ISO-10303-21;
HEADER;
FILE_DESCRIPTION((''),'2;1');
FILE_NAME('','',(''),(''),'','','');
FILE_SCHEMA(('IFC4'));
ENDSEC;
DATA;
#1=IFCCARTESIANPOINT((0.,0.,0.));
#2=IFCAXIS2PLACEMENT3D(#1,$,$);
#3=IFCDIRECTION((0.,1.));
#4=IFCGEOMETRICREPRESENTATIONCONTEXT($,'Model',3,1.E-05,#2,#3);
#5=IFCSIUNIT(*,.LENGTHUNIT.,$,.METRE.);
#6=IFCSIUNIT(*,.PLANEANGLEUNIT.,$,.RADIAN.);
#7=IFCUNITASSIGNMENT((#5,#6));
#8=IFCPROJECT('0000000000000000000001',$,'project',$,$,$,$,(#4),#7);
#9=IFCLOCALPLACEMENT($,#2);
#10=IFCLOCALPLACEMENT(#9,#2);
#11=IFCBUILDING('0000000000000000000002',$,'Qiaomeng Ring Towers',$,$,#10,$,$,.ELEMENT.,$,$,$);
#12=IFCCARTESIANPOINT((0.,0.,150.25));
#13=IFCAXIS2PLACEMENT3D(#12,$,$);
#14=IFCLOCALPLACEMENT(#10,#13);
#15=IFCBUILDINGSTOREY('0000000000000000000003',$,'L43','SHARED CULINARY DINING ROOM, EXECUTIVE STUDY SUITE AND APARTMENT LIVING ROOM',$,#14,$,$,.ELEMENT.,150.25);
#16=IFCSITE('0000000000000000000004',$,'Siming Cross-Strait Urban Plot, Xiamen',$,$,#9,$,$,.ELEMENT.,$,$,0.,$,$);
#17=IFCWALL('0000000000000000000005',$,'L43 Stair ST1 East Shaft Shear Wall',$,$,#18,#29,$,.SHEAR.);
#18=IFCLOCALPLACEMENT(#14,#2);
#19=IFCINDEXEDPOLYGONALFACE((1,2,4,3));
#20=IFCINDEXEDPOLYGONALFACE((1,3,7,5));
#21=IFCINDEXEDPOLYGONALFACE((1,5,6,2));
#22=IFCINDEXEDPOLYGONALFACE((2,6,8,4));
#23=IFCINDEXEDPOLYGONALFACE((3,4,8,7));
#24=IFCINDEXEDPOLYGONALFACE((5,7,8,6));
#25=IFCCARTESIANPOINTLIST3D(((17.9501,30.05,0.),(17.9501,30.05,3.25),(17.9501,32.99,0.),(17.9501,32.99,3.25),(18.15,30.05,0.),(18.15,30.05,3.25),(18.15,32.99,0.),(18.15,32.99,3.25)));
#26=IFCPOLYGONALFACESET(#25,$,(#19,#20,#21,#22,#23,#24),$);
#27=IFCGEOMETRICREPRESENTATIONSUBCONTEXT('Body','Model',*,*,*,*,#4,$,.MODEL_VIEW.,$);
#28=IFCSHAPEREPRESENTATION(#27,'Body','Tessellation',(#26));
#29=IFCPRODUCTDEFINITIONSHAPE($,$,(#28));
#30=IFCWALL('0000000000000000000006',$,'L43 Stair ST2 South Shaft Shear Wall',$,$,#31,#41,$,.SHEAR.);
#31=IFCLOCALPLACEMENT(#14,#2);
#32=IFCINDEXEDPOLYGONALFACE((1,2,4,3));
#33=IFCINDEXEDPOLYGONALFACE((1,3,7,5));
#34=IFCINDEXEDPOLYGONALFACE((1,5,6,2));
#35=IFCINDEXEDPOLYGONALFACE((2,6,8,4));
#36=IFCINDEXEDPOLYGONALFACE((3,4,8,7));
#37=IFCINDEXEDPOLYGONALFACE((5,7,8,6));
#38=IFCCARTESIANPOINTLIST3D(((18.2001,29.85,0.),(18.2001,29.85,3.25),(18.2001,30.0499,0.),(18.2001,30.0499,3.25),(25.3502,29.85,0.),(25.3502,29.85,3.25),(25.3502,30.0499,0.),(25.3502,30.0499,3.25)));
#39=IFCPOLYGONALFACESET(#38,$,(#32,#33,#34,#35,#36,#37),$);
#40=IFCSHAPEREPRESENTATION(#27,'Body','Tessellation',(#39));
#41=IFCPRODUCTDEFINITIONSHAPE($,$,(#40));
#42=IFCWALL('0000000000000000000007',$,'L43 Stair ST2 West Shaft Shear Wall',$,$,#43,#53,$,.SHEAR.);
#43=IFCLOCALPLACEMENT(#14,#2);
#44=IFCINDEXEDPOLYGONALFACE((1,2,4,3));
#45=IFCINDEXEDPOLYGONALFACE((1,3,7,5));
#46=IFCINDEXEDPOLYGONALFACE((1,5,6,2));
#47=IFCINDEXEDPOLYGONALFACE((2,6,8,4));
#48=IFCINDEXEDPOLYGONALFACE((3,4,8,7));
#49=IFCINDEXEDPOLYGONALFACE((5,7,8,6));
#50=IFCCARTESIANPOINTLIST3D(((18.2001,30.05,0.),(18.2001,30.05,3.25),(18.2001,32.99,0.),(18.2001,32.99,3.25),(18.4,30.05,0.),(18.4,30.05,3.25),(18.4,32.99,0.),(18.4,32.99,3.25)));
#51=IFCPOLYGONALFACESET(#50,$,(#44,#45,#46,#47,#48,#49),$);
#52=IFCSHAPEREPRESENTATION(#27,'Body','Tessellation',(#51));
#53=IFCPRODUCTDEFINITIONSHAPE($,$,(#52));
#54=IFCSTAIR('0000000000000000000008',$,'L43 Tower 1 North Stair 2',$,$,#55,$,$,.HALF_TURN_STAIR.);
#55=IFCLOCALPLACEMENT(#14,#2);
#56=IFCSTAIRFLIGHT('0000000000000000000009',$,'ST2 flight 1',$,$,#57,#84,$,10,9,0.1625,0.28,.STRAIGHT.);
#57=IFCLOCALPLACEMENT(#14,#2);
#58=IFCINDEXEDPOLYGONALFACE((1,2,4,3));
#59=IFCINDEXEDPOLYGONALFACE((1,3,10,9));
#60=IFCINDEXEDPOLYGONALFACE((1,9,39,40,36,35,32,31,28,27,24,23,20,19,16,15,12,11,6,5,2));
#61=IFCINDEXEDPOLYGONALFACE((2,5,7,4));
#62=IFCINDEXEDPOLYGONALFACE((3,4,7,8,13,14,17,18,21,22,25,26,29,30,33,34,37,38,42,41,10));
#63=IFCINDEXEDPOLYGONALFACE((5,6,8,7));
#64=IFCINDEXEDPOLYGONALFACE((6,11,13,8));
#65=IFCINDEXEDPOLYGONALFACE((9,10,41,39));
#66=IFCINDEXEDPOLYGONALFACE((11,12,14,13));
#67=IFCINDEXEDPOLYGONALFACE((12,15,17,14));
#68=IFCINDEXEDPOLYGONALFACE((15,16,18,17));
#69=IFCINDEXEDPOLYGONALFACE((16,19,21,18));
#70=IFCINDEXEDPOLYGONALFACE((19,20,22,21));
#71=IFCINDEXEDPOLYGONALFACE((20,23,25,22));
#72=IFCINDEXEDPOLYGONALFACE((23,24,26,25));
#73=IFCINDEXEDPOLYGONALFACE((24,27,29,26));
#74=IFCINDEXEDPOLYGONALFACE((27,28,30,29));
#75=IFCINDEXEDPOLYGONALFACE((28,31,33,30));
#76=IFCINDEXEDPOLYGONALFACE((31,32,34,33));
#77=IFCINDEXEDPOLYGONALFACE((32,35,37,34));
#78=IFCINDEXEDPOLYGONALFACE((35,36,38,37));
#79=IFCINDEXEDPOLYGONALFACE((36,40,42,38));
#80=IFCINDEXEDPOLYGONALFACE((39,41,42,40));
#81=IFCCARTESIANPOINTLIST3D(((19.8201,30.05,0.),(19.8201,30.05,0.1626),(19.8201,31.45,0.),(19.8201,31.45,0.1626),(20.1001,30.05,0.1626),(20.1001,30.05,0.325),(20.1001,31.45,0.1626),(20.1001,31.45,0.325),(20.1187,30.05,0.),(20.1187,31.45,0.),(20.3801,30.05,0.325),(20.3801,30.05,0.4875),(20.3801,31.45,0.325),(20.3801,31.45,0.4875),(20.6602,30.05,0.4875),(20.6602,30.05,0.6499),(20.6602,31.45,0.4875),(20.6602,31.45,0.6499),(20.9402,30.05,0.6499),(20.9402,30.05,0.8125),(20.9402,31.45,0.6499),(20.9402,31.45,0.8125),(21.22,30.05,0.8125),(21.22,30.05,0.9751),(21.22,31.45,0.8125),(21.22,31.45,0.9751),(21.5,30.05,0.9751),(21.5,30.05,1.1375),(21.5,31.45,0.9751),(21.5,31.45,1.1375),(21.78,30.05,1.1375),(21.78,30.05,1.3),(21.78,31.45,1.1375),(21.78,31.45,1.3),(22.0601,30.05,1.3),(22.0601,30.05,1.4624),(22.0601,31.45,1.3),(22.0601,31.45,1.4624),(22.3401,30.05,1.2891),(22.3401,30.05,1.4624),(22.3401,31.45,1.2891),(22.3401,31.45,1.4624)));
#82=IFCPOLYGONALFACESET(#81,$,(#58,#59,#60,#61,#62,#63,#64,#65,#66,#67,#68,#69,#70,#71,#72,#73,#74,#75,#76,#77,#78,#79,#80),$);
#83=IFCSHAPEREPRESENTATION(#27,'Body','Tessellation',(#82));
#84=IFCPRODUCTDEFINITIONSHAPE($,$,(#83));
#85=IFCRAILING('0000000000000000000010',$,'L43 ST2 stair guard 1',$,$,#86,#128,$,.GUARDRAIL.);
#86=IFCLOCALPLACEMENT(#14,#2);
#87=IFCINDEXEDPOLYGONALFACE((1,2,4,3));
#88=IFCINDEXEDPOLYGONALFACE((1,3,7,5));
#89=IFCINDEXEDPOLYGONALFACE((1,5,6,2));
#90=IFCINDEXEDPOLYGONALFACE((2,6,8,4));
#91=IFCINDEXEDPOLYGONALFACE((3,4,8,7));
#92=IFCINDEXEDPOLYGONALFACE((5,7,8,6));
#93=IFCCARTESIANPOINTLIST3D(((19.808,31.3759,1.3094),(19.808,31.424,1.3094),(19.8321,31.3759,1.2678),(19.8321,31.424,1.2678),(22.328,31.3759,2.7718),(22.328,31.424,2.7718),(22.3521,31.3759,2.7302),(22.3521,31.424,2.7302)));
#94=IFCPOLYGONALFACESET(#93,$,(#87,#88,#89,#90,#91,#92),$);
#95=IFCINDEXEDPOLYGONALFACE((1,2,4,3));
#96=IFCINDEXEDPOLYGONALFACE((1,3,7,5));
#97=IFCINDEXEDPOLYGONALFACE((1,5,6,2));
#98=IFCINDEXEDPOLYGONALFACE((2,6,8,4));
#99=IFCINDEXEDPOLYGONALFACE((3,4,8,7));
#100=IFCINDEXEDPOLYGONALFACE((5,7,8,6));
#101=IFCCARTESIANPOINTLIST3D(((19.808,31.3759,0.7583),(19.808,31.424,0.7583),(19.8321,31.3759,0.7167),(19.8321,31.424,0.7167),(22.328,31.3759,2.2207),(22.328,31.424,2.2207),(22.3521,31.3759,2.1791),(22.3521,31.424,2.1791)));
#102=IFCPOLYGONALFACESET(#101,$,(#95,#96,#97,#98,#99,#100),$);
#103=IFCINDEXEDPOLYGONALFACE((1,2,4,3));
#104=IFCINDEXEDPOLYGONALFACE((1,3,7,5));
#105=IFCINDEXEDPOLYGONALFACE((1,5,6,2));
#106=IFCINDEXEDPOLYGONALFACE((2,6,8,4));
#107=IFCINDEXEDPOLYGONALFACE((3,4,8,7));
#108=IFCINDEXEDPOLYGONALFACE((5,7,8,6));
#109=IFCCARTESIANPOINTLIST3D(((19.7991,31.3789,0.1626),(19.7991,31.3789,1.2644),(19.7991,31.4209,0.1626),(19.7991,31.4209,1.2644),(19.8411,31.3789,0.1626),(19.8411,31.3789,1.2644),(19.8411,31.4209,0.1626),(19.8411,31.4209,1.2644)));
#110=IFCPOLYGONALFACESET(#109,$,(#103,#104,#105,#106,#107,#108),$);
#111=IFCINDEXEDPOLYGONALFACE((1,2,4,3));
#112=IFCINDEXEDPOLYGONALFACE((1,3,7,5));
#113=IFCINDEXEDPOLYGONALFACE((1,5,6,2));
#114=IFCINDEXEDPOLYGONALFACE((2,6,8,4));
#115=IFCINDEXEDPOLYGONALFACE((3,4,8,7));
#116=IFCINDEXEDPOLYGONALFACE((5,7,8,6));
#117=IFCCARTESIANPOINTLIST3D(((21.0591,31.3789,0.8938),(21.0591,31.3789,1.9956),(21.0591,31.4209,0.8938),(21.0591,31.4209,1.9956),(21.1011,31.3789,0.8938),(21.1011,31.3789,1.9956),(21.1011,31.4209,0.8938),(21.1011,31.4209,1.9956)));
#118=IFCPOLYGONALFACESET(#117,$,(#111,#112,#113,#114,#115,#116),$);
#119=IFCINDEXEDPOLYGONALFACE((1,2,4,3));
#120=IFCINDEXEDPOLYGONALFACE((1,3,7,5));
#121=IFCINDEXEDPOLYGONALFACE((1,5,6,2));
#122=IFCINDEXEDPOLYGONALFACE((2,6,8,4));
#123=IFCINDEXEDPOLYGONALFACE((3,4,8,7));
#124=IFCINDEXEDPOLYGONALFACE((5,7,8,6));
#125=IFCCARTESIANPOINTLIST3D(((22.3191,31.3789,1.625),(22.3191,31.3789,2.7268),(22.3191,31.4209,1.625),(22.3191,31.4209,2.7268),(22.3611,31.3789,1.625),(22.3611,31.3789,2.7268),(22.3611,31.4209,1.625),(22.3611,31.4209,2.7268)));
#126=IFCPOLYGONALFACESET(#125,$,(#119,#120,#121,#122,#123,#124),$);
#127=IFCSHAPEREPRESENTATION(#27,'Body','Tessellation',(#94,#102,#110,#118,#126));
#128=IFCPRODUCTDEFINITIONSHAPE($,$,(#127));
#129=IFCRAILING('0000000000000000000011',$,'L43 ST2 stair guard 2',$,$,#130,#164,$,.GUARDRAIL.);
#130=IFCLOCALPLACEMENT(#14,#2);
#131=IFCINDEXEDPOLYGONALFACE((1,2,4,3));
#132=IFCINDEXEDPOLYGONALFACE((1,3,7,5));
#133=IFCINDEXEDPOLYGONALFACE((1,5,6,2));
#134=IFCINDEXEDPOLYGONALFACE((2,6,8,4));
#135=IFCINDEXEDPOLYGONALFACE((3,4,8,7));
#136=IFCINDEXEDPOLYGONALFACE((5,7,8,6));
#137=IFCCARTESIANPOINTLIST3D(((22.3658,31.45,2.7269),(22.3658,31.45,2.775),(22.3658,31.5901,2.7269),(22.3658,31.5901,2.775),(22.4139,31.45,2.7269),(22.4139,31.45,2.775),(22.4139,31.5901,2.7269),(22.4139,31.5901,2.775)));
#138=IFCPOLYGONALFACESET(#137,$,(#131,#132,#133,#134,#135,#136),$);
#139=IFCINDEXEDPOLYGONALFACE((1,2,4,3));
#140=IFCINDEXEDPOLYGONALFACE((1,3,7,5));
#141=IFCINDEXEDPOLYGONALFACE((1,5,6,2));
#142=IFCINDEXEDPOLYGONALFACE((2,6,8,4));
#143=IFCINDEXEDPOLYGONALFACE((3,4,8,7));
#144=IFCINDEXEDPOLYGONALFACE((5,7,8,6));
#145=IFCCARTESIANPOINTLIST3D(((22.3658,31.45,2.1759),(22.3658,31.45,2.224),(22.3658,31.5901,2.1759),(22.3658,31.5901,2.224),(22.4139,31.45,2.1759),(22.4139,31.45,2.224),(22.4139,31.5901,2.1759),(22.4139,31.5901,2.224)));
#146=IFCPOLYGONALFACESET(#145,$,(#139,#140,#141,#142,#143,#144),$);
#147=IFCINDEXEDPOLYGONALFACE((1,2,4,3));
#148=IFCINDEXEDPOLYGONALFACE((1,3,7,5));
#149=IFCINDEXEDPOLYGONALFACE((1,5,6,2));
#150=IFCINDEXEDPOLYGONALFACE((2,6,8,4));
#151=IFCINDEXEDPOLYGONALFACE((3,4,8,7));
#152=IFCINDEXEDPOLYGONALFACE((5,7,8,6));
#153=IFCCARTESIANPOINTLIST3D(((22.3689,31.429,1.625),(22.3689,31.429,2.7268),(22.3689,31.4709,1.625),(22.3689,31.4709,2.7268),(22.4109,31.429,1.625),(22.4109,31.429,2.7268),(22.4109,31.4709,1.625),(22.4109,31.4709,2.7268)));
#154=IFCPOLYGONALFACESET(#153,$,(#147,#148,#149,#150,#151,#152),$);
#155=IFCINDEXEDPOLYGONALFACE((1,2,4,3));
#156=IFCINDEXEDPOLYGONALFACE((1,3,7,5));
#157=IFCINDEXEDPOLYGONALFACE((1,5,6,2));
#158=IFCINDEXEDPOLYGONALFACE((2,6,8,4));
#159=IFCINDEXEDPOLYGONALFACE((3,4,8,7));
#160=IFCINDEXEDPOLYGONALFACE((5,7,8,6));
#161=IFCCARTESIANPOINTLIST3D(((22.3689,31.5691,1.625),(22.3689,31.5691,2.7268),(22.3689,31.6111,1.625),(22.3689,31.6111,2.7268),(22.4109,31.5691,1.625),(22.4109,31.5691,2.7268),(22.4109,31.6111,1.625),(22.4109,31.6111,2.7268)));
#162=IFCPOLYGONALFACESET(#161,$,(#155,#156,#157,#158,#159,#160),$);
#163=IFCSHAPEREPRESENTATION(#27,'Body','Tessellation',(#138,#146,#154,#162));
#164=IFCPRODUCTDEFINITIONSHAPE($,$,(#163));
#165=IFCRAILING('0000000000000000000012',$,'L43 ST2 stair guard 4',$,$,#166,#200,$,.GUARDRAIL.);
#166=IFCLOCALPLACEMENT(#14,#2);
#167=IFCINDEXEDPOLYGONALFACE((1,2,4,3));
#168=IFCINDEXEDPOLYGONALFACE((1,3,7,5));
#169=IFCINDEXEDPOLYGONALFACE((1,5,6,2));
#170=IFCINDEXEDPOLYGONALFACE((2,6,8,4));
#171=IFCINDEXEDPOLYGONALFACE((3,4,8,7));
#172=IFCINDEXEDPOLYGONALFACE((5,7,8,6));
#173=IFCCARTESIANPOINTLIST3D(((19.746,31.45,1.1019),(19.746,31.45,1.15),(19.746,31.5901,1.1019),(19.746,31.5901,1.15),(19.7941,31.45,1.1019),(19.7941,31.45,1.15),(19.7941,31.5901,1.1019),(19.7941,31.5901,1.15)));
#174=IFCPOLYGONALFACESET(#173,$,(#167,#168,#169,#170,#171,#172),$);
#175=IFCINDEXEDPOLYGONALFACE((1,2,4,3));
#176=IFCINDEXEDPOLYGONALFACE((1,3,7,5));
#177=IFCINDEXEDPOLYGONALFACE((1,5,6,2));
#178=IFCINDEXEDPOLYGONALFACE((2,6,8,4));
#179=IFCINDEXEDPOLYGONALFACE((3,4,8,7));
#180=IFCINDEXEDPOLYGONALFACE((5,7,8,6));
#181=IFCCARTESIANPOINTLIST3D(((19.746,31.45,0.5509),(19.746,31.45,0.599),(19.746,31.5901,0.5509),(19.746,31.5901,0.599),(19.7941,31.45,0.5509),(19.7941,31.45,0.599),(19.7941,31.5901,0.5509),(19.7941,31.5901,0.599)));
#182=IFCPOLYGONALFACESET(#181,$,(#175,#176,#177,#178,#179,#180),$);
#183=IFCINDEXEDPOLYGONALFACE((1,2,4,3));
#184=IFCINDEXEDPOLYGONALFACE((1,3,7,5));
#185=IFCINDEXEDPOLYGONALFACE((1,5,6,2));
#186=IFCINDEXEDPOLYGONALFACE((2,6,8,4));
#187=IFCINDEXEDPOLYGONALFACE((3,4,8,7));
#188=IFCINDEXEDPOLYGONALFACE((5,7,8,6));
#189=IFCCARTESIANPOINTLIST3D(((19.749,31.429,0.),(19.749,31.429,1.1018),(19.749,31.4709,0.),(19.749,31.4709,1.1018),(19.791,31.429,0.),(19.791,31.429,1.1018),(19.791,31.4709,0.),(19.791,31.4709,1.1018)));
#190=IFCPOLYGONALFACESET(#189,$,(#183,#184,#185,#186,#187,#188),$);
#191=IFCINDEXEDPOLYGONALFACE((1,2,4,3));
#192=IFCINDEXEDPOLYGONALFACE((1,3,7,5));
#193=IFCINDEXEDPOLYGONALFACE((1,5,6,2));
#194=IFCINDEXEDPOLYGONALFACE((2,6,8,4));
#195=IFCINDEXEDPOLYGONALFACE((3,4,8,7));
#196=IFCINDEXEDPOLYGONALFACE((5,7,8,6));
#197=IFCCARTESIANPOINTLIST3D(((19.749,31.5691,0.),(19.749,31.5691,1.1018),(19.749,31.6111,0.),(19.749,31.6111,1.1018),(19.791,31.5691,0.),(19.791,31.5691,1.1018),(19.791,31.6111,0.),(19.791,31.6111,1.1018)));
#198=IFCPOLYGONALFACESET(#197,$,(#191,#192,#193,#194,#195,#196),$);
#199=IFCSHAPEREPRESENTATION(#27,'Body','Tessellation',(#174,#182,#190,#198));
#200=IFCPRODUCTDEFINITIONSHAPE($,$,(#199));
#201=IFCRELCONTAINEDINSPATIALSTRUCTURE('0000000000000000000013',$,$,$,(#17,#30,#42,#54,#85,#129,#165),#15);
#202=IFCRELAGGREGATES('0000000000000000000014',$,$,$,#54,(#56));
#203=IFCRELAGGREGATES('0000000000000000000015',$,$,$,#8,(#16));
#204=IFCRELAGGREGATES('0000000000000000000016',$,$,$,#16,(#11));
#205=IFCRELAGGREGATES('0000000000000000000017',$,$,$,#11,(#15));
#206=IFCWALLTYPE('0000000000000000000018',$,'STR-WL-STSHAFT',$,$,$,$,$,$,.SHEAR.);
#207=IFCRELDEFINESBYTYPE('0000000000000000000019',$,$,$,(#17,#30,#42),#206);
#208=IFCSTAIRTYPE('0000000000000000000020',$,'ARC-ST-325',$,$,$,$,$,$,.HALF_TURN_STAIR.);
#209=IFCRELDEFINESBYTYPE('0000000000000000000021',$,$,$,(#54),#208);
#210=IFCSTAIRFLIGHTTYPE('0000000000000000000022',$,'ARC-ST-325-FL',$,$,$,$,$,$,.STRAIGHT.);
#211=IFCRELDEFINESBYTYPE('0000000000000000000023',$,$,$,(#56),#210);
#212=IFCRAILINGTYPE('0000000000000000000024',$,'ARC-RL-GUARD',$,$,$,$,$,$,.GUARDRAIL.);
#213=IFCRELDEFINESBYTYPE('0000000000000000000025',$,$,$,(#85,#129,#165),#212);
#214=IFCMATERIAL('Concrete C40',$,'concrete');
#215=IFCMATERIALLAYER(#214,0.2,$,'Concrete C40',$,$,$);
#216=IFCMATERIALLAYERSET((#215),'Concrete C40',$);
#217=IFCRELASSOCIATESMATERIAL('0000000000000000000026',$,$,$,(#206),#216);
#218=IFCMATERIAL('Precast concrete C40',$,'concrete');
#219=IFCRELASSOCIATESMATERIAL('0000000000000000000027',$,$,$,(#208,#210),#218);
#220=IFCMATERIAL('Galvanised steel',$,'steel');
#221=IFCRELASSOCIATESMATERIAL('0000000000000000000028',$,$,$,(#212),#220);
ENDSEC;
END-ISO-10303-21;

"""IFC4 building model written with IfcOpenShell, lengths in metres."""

from ifc_helpers import new_model, si_unit, direction, frame, frame_2d, origin, origin_2d, place, context, subcontext, project, spatial, polyline, rectangle, outline, extrude, source, transform, mapped, material, layer, layer_set, type_object, element, aggregate, save


model = new_model("IFC4")

# Units and contexts
model_context = context("Model", 3, precision=1e-05, world=origin(), true_north=direction((0.0, 1.0)))
body_context = subcontext(model_context, "Body", "Model", "MODEL_VIEW")
ifc_project = project(units=[si_unit("LENGTHUNIT", "METRE"), si_unit("PLANEANGLEUNIT", "RADIAN")], contexts=[model_context])

# Site, building, storey
site_placement = place(None, origin())
site = spatial("IfcSite", under=ifc_project, at=site_placement, Name="Siming Cross-Strait Urban Plot, Xiamen", CompositionType="ELEMENT", RefElevation=0.0)
building_placement = place(site_placement, origin())
building = spatial("IfcBuilding", under=site, at=building_placement, Name="Qiaomeng Ring Towers", CompositionType="ELEMENT")
storey_placement = place(building_placement, frame((0.0, 0.0, 150.25)))
storey = spatial("IfcBuildingStorey", under=building, at=storey_placement, Name="L43", Description="SHARED CULINARY DINING ROOM, EXECUTIVE STUDY SUITE AND APARTMENT LIVING ROOM", CompositionType="ELEMENT", Elevation=150.25)

# Walls
ifc_material_1 = material(Name="Concrete C40", Category="concrete")
ifc_layer_1 = layer(ifc_material_1, 0.2, Name="Concrete C40")
ifc_layer_set_1 = layer_set([ifc_layer_1], Name="Concrete C40")
wall_type = type_object("IfcWallType", Name="STR-WL-STSHAFT", PredefinedType="SHEAR", material=ifc_layer_set_1)
wall_1_placement = place(storey_placement, frame((18.05, 30.05, 0.0), z_axis=(0.0, 0.0, 1.0), x_axis=(0.0, 1.0, 0.0)))
element("IfcWall", 1, at=wall_1_placement, inside=storey, type_object=wall_type, Name="L43 Stair ST1 East Shaft Shear Wall", PredefinedType="SHEAR", context=body_context, shape_type="SweptSolid", body=[
    extrude(rectangle(XDim=2.9399, YDim=0.2, at=frame_2d((1.47, 0.0))), origin(), (0.0, 0.0, 1.0), 3.25),
])
wall_2_placement = place(storey_placement, frame((18.2, 29.95, 0.0), z_axis=(0.0, 0.0, 1.0), x_axis=(1.0, 0.0, 0.0)))
element("IfcWall", 2, at=wall_2_placement, inside=storey, type_object=wall_type, Name="L43 Stair ST2 South Shaft Shear Wall", PredefinedType="SHEAR", context=body_context, shape_type="SweptSolid", body=[
    extrude(rectangle(XDim=7.1501, YDim=0.2, at=frame_2d((3.5752, 0.0))), origin(), (0.0, 0.0, 1.0), 3.25),
])
wall_3_placement = place(storey_placement, frame((18.3, 30.05, 0.0), z_axis=(0.0, 0.0, 1.0), x_axis=(0.0, 1.0, 0.0)))
element("IfcWall", 3, at=wall_3_placement, inside=storey, type_object=wall_type, Name="L43 Stair ST2 West Shaft Shear Wall", PredefinedType="SHEAR", context=body_context, shape_type="SweptSolid", body=[
    extrude(rectangle(XDim=2.9399, YDim=0.2, at=frame_2d((1.47, 0.0))), origin(), (0.0, 0.0, 1.0), 3.25),
])

# Stair, stair flight
ifc_material_2 = material(Name="Precast concrete C40", Category="concrete")
stair_type = type_object("IfcStairType", Name="ARC-ST-325", PredefinedType="HALF_TURN_STAIR", material=ifc_material_2)
stair_placement = place(storey_placement, origin())
stair = element("IfcStair", 4, at=stair_placement, inside=storey, type_object=stair_type, Name="L43 Tower 1 North Stair 2", PredefinedType="HALF_TURN_STAIR")
stair_flight_type = type_object("IfcStairFlightType", Name="ARC-ST-325-FL", PredefinedType="STRAIGHT", material=ifc_material_2)
shared_shape_1 = source(origin(), body_context, "Body", "SweptSolid", [
    extrude(outline(polyline([(0.0, 0.0), (0.0, 0.1626), (0.28, 0.1626), (0.28, 0.325), (0.5601, 0.325), (0.5601, 0.4875), (0.8401, 0.4875), (0.8401, 0.6499), (1.1201, 0.6499), (1.1201, 0.8125), (1.3999, 0.8125), (1.3999, 0.9751), (1.6799, 0.9751), (1.6799, 1.1375), (1.96, 1.1375), (1.96, 1.3), (2.24, 1.3), (2.24, 1.4624), (2.52, 1.4624), (2.52, 1.625), (2.52, 1.2891), (0.2986, 0.0), (0.0, 0.0)])), frame((0.0, 0.7, 0.0), z_axis=(0.0, -1.0, 0.0), x_axis=(1.0, 0.0, 0.0)), (0.0, 0.0, 1.0), 1.3999),
])
stair_flight_placement = place(storey_placement, frame((19.8201, 30.75, 0.0), z_axis=(0.0, 0.0, 1.0), x_axis=(1.0, 0.0, 0.0)))
stair_flight = element("IfcStairFlight", 5, at=stair_flight_placement, type_object=stair_flight_type, Name="ST2 flight 1", NumberOfRisers=10, NumberOfTreads=9, PredefinedType="STRAIGHT", RiserHeight=0.1625, TreadLength=0.28, context=body_context, shape_type="MappedRepresentation", body=[
    mapped(shared_shape_1, transform((0.0, 0.0, 0.0), x_axis=(1.0, 0.0, 0.0), y_axis=(0.0, 1.0, 0.0), z_axis=(0.0, 0.0, 1.0), scale=1.0)),
])
aggregate(stair, [stair_flight])

# Railings
ifc_material_3 = material(Name="Galvanised steel", Category="steel")
railing_type_1 = type_object("IfcRailingType", Name="ARC-RL-GUARD", PredefinedType="GUARDRAIL", material=ifc_material_3)
railing_1_placement = place(storey_placement, frame((19.8201, 31.3999, 0.1626)))
element("IfcRailing", 6, at=railing_1_placement, inside=storey, type_object=railing_type_1, Name="L43 ST2 stair guard 1", PredefinedType="GUARDRAIL", context=body_context, shape_type="SweptSolid", body=[
    extrude(rectangle(XDim=0.0481, YDim=0.0481, at=origin_2d()), frame((0.0, 0.0, 1.126), z_axis=(0.864913, 0.0, 0.501921), x_axis=(0.0, 1.0, 0.0)), (0.0, 0.0, 1.0), 2.9136),
    extrude(rectangle(XDim=0.0481, YDim=0.0481, at=origin_2d()), frame((0.0, 0.0, 0.575), z_axis=(0.864913, 0.0, 0.501921), x_axis=(0.0, 1.0, 0.0)), (0.0, 0.0, 1.0), 2.9136),
    extrude(rectangle(XDim=0.042, YDim=0.042, at=origin_2d()), origin(), (0.0, 0.0, 1.0), 1.1018),
    extrude(rectangle(XDim=0.042, YDim=0.042, at=origin_2d()), frame((1.26, 0.0, 0.7312)), (0.0, 0.0, 1.0), 1.1018),
    extrude(rectangle(XDim=0.042, YDim=0.042, at=origin_2d()), frame((2.52, 0.0, 1.4624)), (0.0, 0.0, 1.0), 1.1018),
])
for number, where, name in (
    (7, (22.3899, 31.45, 1.625), "L43 ST2 stair guard 2"),
    (8, (19.77, 31.45, 0.0), "L43 ST2 stair guard 4"),
):
    element("IfcRailing", number, at=place(storey_placement, frame(where)), inside=storey, type_object=railing_type_1, Name=name, PredefinedType="GUARDRAIL", context=body_context, shape_type="SweptSolid", body=[
        extrude(rectangle(XDim=0.0481, YDim=0.0481, at=origin_2d()), frame((0.0, 0.0, 1.126), z_axis=(0.0, 1.0, 0.0), x_axis=(-1.0, 0.0, 0.0)), (0.0, 0.0, 1.0), 0.1401),
        extrude(rectangle(XDim=0.0481, YDim=0.0481, at=origin_2d()), frame((0.0, 0.0, 0.575), z_axis=(0.0, 1.0, 0.0), x_axis=(-1.0, 0.0, 0.0)), (0.0, 0.0, 1.0), 0.1401),
        extrude(rectangle(XDim=0.042, YDim=0.042, at=origin_2d()), origin(), (0.0, 0.0, 1.0), 1.1018),
        extrude(rectangle(XDim=0.042, YDim=0.042, at=origin_2d()), frame((0.0, 0.1401, 0.0)), (0.0, 0.0, 1.0), 1.1018),
    ])

save(model, "model.ifc")
